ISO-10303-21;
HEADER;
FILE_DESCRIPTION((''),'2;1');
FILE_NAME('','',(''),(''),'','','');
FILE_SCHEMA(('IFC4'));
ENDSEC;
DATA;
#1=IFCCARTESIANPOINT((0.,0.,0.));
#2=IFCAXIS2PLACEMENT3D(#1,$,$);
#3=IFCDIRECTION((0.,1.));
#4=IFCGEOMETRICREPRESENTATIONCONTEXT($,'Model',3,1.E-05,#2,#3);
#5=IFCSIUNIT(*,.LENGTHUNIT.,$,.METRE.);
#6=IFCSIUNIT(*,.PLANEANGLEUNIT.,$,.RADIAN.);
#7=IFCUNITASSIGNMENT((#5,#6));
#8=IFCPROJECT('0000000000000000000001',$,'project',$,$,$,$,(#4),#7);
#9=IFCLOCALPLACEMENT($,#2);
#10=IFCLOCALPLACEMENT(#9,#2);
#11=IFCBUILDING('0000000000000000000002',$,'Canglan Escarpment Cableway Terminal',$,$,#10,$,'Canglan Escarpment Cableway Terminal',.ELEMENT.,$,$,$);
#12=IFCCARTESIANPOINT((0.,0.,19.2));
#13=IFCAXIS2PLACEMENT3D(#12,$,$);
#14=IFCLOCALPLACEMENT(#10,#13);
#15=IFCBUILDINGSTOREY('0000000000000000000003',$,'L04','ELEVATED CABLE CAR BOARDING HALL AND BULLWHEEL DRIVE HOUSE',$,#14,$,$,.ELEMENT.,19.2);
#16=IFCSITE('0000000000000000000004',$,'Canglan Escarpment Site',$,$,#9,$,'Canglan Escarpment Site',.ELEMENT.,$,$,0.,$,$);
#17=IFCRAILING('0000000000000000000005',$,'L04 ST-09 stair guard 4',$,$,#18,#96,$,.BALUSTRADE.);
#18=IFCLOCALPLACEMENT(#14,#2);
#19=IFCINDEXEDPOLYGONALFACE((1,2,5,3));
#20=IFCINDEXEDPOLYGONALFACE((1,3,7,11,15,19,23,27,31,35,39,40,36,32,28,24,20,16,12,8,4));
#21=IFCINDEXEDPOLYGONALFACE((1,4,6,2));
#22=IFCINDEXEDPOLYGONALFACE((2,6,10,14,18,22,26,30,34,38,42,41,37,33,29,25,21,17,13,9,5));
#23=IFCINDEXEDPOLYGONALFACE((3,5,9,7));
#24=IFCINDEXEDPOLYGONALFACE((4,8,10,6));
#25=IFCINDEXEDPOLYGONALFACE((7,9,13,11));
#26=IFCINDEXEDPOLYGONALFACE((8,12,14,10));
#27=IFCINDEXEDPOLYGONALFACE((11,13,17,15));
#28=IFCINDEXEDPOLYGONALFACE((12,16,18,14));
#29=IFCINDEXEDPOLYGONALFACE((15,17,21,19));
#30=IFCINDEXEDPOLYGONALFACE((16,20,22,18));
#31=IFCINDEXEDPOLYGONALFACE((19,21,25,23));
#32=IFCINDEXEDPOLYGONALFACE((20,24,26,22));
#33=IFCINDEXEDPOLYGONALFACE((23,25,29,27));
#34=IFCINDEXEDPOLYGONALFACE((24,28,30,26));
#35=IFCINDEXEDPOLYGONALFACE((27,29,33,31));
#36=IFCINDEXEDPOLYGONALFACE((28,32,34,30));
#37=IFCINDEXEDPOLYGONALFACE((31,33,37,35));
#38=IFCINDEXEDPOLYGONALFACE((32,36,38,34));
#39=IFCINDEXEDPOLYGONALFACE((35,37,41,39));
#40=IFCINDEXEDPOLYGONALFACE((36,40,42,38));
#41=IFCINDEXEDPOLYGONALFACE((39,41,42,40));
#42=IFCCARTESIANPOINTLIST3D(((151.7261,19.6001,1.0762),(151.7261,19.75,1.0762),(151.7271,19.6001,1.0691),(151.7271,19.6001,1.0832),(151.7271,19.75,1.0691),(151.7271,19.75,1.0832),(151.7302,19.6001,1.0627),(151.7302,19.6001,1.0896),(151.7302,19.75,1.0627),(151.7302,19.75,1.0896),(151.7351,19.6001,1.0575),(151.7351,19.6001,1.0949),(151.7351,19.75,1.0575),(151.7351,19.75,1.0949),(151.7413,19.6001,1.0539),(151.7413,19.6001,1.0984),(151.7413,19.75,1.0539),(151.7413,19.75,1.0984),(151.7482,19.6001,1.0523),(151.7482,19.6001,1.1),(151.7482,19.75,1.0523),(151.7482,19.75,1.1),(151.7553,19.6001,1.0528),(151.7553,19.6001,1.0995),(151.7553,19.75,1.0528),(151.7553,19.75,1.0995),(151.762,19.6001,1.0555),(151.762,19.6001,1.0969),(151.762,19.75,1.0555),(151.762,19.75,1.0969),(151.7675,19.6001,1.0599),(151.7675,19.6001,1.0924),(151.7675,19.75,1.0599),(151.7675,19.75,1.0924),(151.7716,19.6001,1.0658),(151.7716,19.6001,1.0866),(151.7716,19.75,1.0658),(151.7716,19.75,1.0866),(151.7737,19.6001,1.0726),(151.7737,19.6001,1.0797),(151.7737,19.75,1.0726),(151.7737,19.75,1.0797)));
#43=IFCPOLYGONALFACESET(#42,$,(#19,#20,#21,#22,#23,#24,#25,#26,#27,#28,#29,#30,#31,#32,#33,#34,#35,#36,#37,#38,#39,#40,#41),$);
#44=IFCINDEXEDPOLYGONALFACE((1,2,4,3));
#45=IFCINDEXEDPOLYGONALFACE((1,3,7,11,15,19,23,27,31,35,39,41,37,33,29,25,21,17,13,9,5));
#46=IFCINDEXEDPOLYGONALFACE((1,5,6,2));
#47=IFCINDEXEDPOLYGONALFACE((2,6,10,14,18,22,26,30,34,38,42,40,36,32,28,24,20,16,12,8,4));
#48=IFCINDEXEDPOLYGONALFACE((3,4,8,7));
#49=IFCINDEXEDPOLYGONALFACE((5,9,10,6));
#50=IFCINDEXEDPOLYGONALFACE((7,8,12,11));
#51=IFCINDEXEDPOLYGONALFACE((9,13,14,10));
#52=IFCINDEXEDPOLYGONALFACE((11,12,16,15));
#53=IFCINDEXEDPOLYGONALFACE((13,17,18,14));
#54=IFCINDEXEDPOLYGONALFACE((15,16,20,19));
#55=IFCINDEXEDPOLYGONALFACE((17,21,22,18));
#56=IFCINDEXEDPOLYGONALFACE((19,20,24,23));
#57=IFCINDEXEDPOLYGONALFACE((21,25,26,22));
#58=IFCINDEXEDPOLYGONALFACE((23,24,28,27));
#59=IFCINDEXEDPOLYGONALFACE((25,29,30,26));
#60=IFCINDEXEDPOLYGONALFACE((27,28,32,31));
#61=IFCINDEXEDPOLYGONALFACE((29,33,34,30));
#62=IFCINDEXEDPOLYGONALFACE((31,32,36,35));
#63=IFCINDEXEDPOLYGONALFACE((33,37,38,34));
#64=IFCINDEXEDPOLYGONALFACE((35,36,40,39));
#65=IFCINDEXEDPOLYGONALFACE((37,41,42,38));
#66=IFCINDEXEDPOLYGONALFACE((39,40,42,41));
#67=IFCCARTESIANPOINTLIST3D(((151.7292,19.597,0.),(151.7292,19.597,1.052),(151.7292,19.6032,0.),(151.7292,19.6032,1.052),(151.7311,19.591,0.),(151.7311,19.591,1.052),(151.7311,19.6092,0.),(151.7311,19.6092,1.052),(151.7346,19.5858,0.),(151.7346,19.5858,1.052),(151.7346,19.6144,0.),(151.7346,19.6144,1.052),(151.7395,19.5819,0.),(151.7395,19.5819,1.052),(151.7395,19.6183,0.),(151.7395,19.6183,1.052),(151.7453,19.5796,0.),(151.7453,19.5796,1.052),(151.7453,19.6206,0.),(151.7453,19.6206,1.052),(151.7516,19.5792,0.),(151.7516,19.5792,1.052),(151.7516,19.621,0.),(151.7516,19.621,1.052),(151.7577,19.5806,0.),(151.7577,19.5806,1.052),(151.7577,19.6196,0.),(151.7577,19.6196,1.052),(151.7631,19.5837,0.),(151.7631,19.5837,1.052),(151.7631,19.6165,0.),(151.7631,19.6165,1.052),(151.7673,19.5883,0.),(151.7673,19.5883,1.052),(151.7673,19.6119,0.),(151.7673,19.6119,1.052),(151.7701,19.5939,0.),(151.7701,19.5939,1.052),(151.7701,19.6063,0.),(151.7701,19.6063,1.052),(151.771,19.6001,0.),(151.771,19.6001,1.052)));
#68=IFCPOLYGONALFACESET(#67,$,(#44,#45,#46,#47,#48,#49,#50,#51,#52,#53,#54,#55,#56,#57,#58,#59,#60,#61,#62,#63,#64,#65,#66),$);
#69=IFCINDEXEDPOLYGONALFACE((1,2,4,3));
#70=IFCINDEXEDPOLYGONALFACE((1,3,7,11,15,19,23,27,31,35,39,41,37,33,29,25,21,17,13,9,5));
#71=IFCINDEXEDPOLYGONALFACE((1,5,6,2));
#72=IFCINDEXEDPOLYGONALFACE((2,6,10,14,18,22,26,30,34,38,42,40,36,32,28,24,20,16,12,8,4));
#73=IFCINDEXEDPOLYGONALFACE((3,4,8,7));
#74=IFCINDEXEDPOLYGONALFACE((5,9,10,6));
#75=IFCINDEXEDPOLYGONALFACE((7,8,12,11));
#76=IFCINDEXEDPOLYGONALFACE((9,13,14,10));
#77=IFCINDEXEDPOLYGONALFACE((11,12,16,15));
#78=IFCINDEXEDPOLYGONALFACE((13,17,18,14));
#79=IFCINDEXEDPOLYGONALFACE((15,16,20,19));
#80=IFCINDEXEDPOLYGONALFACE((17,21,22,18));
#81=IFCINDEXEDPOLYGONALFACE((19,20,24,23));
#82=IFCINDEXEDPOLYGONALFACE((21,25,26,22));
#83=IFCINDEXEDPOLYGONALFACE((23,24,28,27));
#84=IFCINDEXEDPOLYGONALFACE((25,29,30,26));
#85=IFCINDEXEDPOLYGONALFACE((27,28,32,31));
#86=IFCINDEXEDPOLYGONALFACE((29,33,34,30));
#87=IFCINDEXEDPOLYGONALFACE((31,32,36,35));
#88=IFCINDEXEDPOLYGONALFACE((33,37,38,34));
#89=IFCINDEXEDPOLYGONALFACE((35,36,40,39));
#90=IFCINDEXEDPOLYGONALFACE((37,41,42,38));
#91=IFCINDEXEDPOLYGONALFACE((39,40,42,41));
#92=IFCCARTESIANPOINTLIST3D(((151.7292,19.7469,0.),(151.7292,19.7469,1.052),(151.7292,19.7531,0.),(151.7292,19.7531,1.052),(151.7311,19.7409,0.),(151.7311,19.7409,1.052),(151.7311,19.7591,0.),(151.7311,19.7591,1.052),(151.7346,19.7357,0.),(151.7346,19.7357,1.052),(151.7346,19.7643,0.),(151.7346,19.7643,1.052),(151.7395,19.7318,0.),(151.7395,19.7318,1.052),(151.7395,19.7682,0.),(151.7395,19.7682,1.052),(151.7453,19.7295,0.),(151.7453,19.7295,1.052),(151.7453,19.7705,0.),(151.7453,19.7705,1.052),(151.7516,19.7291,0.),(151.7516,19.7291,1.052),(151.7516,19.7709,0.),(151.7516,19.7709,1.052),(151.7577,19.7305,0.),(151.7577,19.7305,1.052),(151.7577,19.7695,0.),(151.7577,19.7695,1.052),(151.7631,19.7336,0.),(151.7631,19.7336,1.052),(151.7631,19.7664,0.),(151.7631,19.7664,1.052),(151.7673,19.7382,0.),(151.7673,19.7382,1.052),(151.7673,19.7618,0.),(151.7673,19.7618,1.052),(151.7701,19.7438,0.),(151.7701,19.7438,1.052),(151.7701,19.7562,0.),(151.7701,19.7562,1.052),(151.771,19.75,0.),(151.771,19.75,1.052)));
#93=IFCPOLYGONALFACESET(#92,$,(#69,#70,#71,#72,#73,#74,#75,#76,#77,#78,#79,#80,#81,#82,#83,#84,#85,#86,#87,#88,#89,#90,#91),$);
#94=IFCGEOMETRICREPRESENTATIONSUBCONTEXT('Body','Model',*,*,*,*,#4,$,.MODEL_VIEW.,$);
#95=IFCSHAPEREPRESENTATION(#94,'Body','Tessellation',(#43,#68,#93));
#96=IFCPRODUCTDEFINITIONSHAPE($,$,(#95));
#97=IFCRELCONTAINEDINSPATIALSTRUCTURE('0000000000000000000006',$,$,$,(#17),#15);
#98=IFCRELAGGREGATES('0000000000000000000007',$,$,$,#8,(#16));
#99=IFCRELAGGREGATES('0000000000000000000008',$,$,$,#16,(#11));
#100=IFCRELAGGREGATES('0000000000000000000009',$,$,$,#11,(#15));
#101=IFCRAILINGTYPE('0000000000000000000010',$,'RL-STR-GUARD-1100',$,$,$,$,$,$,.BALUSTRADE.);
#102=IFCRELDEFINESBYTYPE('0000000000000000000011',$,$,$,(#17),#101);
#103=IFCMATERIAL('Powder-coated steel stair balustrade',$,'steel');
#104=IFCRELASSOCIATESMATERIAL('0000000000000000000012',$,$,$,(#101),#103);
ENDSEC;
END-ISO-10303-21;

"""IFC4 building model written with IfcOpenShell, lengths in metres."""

from ifc_helpers import new_model, si_unit, direction, frame, origin, origin_2d, place, context, subcontext, project, spatial, circle, extrude, material, type_object, element, save


model = new_model("IFC4")

# Units and contexts
model_context = context("Model", 3, precision=1e-05, world=origin(), true_north=direction((0.0, 1.0)))
body_context = subcontext(model_context, "Body", "Model", "MODEL_VIEW")
ifc_project = project(units=[si_unit("LENGTHUNIT", "METRE"), si_unit("PLANEANGLEUNIT", "RADIAN")], contexts=[model_context])

# Site, building, storey
site_placement = place(None, origin())
site = spatial("IfcSite", under=ifc_project, at=site_placement, Name="Canglan Escarpment Site", LongName="Canglan Escarpment Site", CompositionType="ELEMENT", RefElevation=0.0)
building_placement = place(site_placement, origin())
building = spatial("IfcBuilding", under=site, at=building_placement, Name="Canglan Escarpment Cableway Terminal", LongName="Canglan Escarpment Cableway Terminal", CompositionType="ELEMENT")
storey_placement = place(building_placement, frame((0.0, 0.0, 19.2)))
storey = spatial("IfcBuildingStorey", under=building, at=storey_placement, Name="L04", Description="ELEVATED CABLE CAR BOARDING HALL AND BULLWHEEL DRIVE HOUSE", CompositionType="ELEMENT", Elevation=19.2)

# Railing
ifc_material_1 = material(Name="Powder-coated steel stair balustrade", Category="steel")
railing_type_1 = type_object("IfcRailingType", Name="RL-STR-GUARD-1100", PredefinedType="BALUSTRADE", material=ifc_material_1)
railing_1_placement = place(storey_placement, frame((151.75, 19.6001, 0.0)))
element("IfcRailing", 1, at=railing_1_placement, inside=storey, type_object=railing_type_1, Name="L04 ST-09 stair guard 4", PredefinedType="BALUSTRADE", context=body_context, shape_type="SweptSolid", body=[
    extrude(circle(Radius=0.0239, at=origin_2d()), frame((0.0, 0.0, 1.0762), z_axis=(0.0, 1.0, 0.0), x_axis=(-1.0, 0.0, 0.0)), (0.0, 0.0, 1.0), 0.1499),
    extrude(circle(Radius=0.021, at=origin_2d()), origin(), (0.0, 0.0, 1.0), 1.052),
    extrude(circle(Radius=0.021, at=origin_2d()), frame((0.0, 0.1499, 0.0)), (0.0, 0.0, 1.0), 1.052),
])

save(model, "model.ifc")
